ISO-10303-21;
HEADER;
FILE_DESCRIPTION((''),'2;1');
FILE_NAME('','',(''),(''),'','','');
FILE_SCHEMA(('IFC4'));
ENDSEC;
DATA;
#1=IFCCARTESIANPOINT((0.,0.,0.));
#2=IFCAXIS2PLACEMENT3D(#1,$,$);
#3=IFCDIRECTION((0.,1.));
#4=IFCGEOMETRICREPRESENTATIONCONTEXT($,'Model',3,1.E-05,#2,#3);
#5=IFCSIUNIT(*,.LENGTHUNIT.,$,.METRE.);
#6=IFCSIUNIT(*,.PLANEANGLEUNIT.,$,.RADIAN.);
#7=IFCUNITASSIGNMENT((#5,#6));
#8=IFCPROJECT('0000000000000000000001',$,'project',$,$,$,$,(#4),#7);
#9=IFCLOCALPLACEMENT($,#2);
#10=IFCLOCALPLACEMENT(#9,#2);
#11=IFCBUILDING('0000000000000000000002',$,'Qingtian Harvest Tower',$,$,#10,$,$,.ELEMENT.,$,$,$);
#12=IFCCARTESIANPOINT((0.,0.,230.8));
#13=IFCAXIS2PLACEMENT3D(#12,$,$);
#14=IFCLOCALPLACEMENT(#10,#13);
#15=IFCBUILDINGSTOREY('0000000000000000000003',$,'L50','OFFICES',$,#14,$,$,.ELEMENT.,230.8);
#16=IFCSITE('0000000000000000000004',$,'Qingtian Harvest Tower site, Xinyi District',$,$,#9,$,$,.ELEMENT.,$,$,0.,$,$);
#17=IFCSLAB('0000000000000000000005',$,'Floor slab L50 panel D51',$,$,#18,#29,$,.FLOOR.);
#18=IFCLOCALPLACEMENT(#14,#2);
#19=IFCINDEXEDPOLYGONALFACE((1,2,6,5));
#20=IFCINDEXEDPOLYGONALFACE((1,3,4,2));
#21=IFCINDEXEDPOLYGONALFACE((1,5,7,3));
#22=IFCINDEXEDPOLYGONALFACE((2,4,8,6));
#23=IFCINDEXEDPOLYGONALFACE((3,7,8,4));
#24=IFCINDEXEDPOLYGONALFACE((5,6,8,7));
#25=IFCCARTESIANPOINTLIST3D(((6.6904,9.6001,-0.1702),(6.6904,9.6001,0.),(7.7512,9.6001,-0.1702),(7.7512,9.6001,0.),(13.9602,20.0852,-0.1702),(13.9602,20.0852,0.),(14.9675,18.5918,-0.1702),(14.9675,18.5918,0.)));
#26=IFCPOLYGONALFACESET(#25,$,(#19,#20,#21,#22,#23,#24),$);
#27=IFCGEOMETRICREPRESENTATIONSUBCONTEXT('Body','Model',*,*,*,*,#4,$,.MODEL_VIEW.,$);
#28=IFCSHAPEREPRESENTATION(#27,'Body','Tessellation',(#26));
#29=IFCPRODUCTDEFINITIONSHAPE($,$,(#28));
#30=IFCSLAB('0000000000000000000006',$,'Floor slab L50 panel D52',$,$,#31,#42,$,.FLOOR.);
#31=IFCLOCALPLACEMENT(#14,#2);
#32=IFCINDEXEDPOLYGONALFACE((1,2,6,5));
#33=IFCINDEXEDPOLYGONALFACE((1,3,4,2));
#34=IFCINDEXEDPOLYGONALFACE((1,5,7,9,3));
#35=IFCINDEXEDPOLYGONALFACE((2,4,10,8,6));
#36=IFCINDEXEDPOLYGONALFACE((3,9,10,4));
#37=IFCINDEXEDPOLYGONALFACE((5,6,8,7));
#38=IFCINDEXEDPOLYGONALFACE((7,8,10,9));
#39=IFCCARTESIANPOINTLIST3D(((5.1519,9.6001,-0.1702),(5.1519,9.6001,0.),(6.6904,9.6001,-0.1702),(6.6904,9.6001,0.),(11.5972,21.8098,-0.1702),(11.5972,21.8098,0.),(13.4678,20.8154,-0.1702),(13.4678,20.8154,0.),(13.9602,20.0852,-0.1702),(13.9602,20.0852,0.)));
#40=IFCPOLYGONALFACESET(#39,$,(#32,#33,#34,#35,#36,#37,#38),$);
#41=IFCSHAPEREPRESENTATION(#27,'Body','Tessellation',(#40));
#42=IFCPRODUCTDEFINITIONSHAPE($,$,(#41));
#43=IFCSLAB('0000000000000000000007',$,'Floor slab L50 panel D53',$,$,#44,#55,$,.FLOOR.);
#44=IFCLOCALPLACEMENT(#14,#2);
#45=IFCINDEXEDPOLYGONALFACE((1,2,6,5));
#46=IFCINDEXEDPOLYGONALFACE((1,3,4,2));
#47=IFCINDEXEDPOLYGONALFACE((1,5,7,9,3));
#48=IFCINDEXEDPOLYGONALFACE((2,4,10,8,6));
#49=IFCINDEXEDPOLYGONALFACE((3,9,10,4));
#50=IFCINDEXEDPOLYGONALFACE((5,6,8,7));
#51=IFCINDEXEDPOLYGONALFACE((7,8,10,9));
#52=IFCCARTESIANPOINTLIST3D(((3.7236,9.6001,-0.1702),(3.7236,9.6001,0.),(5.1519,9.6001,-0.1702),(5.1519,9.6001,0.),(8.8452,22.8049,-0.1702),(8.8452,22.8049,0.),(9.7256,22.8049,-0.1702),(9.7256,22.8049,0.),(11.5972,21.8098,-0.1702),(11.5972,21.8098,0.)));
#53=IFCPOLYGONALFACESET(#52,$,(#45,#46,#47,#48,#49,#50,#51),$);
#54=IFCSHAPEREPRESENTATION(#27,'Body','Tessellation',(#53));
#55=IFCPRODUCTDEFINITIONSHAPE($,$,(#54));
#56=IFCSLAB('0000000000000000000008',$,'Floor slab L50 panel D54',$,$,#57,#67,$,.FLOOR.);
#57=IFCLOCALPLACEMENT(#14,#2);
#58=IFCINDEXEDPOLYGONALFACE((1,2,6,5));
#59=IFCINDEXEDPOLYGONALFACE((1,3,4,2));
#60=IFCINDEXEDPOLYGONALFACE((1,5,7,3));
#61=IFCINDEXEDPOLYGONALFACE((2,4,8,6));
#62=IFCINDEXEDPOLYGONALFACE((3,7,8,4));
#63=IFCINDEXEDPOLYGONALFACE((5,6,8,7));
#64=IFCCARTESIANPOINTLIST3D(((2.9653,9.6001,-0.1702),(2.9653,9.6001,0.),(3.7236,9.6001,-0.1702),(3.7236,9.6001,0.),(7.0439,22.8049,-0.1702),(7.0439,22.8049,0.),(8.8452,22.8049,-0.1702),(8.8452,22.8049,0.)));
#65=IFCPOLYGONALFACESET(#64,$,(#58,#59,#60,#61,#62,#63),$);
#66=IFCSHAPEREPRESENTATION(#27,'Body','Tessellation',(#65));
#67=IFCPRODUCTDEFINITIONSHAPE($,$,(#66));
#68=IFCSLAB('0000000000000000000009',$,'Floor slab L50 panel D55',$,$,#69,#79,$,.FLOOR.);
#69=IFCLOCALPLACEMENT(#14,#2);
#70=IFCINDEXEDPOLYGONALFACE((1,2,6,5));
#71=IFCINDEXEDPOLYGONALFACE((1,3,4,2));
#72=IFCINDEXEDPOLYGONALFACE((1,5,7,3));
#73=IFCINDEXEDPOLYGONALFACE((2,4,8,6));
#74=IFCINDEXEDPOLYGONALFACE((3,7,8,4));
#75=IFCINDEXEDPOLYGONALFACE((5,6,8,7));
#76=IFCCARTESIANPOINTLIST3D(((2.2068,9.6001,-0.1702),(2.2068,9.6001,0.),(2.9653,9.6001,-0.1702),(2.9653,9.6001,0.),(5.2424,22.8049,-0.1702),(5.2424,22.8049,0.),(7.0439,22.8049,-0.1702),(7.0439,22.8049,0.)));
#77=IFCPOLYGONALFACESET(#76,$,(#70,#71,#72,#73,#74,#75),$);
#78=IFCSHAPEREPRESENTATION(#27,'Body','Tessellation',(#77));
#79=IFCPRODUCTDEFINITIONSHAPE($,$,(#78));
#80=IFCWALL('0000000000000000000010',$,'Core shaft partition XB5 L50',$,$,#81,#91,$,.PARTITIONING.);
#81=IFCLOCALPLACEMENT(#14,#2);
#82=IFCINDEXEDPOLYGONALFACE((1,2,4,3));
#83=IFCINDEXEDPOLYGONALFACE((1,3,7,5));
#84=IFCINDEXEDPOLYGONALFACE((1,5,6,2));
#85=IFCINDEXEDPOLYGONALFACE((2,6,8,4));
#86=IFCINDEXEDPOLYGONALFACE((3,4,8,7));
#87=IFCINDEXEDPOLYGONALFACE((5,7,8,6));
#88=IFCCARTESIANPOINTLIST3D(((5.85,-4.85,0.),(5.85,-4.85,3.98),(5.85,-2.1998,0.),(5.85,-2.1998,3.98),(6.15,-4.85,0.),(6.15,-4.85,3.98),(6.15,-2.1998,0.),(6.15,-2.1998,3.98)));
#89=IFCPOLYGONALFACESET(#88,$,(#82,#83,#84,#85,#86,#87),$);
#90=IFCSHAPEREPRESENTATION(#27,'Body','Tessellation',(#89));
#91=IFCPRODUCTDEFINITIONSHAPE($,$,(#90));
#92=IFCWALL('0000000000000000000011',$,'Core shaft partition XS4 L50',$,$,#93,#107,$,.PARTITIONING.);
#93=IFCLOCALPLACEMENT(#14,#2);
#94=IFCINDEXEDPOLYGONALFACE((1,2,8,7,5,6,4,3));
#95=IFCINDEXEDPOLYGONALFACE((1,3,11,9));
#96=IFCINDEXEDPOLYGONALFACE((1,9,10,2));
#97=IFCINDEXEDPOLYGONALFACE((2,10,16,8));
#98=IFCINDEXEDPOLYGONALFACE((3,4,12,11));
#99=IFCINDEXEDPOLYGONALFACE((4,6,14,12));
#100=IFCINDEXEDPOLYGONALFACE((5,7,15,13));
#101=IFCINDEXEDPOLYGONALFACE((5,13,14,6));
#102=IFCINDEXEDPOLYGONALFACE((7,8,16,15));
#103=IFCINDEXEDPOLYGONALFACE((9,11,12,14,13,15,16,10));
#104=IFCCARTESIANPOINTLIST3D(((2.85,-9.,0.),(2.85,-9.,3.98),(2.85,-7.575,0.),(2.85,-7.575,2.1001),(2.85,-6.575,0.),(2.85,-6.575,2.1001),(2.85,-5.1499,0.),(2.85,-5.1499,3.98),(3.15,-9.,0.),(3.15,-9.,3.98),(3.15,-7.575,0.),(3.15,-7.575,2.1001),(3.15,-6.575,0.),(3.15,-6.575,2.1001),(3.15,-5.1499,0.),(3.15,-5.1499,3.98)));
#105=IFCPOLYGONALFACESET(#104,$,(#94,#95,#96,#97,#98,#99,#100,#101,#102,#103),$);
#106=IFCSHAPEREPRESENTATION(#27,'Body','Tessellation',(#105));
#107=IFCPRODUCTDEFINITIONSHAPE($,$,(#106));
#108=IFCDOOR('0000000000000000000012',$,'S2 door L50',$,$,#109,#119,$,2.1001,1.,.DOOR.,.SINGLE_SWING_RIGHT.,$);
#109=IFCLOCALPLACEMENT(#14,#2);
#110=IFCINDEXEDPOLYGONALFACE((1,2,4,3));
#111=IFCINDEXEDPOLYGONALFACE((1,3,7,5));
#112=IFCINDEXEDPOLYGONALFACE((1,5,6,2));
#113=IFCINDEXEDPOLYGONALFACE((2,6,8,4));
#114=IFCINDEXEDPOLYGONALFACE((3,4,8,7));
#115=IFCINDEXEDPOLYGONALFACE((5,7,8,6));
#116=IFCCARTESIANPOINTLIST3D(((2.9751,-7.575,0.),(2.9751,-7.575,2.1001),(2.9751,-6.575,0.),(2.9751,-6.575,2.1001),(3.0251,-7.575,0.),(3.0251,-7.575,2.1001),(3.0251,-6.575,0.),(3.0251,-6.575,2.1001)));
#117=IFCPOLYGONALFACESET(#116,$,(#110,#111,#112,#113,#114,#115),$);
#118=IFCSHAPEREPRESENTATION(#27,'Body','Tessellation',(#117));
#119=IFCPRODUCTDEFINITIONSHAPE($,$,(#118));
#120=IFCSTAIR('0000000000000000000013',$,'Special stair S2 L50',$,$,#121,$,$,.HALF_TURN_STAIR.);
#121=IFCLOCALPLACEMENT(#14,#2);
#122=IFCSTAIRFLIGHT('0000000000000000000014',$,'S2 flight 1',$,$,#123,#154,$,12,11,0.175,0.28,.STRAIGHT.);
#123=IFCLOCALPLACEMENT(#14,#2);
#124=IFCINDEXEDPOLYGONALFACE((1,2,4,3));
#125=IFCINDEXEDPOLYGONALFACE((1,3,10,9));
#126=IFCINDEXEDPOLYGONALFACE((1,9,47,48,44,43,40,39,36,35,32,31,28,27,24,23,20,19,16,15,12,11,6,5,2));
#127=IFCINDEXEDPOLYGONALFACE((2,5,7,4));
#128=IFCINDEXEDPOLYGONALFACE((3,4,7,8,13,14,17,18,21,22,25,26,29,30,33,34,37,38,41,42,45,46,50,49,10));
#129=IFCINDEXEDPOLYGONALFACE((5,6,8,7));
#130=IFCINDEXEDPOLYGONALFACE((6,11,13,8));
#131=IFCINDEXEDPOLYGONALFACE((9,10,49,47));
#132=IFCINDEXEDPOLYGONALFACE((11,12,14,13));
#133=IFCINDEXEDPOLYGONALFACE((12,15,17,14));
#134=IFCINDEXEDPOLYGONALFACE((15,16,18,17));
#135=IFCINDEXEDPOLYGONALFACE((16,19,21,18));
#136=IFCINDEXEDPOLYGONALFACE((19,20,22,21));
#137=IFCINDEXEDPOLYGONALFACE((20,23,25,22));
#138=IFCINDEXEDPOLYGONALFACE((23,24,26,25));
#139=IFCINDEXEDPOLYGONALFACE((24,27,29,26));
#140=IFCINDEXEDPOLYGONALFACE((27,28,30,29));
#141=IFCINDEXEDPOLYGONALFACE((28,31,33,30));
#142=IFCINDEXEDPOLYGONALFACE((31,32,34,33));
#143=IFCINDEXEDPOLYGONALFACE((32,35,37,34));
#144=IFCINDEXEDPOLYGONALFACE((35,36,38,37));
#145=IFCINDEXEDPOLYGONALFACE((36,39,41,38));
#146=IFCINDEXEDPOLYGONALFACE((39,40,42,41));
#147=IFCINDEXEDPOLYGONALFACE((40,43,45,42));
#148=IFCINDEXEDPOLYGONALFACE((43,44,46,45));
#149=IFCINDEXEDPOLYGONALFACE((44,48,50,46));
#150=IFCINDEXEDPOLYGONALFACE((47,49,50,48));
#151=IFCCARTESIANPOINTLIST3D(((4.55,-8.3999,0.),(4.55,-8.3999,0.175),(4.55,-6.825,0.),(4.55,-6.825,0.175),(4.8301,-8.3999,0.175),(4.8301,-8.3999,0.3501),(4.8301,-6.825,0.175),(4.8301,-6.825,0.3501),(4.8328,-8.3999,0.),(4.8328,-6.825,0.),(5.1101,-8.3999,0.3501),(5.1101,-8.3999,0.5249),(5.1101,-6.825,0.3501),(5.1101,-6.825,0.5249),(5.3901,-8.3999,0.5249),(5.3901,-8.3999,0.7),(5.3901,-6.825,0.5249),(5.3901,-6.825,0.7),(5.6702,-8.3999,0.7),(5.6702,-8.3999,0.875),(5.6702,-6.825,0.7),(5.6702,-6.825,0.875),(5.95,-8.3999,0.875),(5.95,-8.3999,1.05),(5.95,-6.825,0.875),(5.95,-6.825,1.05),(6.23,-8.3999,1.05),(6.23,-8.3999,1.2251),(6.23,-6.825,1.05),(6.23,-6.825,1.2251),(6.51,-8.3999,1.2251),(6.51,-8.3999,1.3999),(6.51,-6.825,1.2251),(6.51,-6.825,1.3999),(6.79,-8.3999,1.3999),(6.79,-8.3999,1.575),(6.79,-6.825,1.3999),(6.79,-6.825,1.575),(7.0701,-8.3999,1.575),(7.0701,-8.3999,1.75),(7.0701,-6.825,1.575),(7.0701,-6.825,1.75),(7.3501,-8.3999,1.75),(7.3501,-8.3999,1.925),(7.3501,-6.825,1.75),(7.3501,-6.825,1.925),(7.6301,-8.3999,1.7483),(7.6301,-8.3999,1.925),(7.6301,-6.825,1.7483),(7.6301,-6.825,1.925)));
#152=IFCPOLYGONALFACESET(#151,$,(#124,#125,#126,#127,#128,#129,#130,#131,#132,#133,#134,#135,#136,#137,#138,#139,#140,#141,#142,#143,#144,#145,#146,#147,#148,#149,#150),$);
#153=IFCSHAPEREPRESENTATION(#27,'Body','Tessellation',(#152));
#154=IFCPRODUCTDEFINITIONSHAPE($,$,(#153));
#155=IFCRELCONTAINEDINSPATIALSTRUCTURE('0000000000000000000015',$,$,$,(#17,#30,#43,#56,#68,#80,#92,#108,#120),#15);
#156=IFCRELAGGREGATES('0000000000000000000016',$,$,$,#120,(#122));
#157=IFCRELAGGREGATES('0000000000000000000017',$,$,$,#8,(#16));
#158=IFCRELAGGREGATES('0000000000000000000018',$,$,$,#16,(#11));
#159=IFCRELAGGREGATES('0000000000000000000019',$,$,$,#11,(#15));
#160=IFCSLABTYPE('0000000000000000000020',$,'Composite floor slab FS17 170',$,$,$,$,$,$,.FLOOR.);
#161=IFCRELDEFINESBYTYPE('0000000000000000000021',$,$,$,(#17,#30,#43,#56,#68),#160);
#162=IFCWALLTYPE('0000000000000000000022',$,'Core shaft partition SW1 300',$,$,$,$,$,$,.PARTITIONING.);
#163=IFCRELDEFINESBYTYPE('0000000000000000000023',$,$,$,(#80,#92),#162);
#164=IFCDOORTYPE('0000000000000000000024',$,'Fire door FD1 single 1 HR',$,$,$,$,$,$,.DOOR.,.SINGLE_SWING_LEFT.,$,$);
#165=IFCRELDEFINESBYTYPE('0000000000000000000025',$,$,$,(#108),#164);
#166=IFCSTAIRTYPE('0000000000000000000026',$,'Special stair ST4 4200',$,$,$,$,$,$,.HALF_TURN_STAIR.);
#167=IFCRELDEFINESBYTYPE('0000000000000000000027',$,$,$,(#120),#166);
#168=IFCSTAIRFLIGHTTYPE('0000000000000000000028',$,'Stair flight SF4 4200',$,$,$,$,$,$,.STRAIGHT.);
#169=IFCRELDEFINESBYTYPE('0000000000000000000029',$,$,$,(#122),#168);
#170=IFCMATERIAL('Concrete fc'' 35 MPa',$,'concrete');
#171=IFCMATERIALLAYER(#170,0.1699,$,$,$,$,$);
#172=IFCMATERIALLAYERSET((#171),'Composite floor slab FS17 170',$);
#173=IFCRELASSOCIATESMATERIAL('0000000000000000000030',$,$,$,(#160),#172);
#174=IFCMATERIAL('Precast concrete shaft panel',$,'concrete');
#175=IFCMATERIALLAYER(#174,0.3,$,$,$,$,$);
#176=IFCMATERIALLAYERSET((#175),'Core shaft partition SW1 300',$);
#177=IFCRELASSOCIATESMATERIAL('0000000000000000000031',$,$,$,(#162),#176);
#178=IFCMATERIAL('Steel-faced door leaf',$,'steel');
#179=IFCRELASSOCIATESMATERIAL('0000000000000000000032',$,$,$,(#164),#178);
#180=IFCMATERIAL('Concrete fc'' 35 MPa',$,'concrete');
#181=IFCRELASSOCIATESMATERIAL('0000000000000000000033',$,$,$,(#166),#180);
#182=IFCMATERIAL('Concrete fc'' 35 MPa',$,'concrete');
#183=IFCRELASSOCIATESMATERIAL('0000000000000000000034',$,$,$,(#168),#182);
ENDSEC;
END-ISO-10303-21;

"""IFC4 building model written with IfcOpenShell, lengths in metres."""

from ifc_helpers import new_model, si_unit, direction, frame, frame_2d, origin, place, context, subcontext, project, spatial, polyline, rectangle, outline, extrude, material, layer, layer_set, type_object, element, fill, aggregate, save


model = new_model("IFC4")

# Units and contexts
model_context = context("Model", 3, precision=1e-05, world=origin(), true_north=direction((0.0, 1.0)))
body_context = subcontext(model_context, "Body", "Model", "MODEL_VIEW")
ifc_project = project(units=[si_unit("LENGTHUNIT", "METRE"), si_unit("PLANEANGLEUNIT", "RADIAN")], contexts=[model_context])

# Site, building, storey
site_placement = place(None, origin())
site = spatial("IfcSite", under=ifc_project, at=site_placement, Name="Qingtian Harvest Tower site, Xinyi District", CompositionType="ELEMENT", RefElevation=0.0)
building_placement = place(site_placement, origin())
building = spatial("IfcBuilding", under=site, at=building_placement, Name="Qingtian Harvest Tower", CompositionType="ELEMENT")
storey_placement = place(building_placement, frame((0.0, 0.0, 230.8)))
storey = spatial("IfcBuildingStorey", under=building, at=storey_placement, Name="L50", Description="OFFICES", CompositionType="ELEMENT", Elevation=230.8)

# Slabs
ifc_material_1 = material(Name="Concrete fc' 35 MPa", Category="concrete")
ifc_layer_1 = layer(ifc_material_1, 0.1699)
ifc_layer_set_1 = layer_set([ifc_layer_1], Name="Composite floor slab FS17 170")
slab_type = type_object("IfcSlabType", Name="Composite floor slab FS17 170", PredefinedType="FLOOR", material=ifc_layer_set_1)
slab_1_placement = place(storey_placement, frame((0.0, 0.0, -0.1702)))
element("IfcSlab", 1, at=slab_1_placement, inside=storey, type_object=slab_type, Name="Floor slab L50 panel D51", PredefinedType="FLOOR", context=body_context, shape_type="SweptSolid", body=[
    extrude(outline(polyline([(6.6904, 9.6001), (13.9602, 20.0852), (14.9675, 18.5918), (7.7512, 9.6001), (6.6904, 9.6001)])), origin(), (0.0, 0.0, 1.0), 0.1702),
])
slab_2_placement = place(storey_placement, frame((0.0, 0.0, -0.1702)))
element("IfcSlab", 2, at=slab_2_placement, inside=storey, type_object=slab_type, Name="Floor slab L50 panel D52", PredefinedType="FLOOR", context=body_context, shape_type="SweptSolid", body=[
    extrude(outline(polyline([(6.6904, 9.6001), (5.1519, 9.6001), (11.5972, 21.8098), (13.4678, 20.8154), (13.9602, 20.0852), (6.6904, 9.6001)])), origin(), (0.0, 0.0, 1.0), 0.1702),
])
slab_3_placement = place(storey_placement, frame((0.0, 0.0, -0.1702)))
element("IfcSlab", 3, at=slab_3_placement, inside=storey, type_object=slab_type, Name="Floor slab L50 panel D53", PredefinedType="FLOOR", context=body_context, shape_type="SweptSolid", body=[
    extrude(outline(polyline([(3.7236, 9.6001), (8.8452, 22.8049), (9.7256, 22.8049), (11.5972, 21.8098), (5.1519, 9.6001), (3.7236, 9.6001)])), origin(), (0.0, 0.0, 1.0), 0.1702),
])
slab_4_placement = place(storey_placement, frame((0.0, 0.0, -0.1702)))
element("IfcSlab", 4, at=slab_4_placement, inside=storey, type_object=slab_type, Name="Floor slab L50 panel D54", PredefinedType="FLOOR", context=body_context, shape_type="SweptSolid", body=[
    extrude(outline(polyline([(2.9653, 9.6001), (7.0439, 22.8049), (8.8452, 22.8049), (3.7236, 9.6001), (2.9653, 9.6001)])), origin(), (0.0, 0.0, 1.0), 0.1702),
])
slab_5_placement = place(storey_placement, frame((0.0, 0.0, -0.1702)))
element("IfcSlab", 5, at=slab_5_placement, inside=storey, type_object=slab_type, Name="Floor slab L50 panel D55", PredefinedType="FLOOR", context=body_context, shape_type="SweptSolid", body=[
    extrude(outline(polyline([(2.2068, 9.6001), (5.2424, 22.8049), (7.0439, 22.8049), (2.9653, 9.6001), (2.2068, 9.6001)])), origin(), (0.0, 0.0, 1.0), 0.1702),
])

# Wall
ifc_material_2 = material(Name="Precast concrete shaft panel", Category="concrete")
ifc_layer_2 = layer(ifc_material_2, 0.3)
ifc_layer_set_2 = layer_set([ifc_layer_2], Name="Core shaft partition SW1 300")
wall_type_1 = type_object("IfcWallType", Name="Core shaft partition SW1 300", PredefinedType="PARTITIONING", material=ifc_layer_set_2)
wall_1_placement = place(storey_placement, frame((6.0, -4.8501, 0.0), z_axis=(0.0, 0.0, 1.0), x_axis=(0.0, 1.0, 0.0)))
element("IfcWall", 6, at=wall_1_placement, inside=storey, type_object=wall_type_1, Name="Core shaft partition XB5 L50", PredefinedType="PARTITIONING", context=body_context, shape_type="SweptSolid", body=[
    extrude(rectangle(XDim=2.6501, YDim=0.3, at=frame_2d((1.3252, 0.0))), origin(), (0.0, 0.0, 1.0), 3.98),
])

# Wall, opening, door
wall_2_placement = place(storey_placement, frame((3.0, -9.0, 0.0), z_axis=(0.0, 0.0, 1.0), x_axis=(0.0, 1.0, 0.0)))
wall_2 = element("IfcWall", 7, at=wall_2_placement, inside=storey, type_object=wall_type_1, Name="Core shaft partition XS4 L50", PredefinedType="PARTITIONING", context=body_context, shape_type="SweptSolid", body=[
    extrude(rectangle(XDim=3.8501, YDim=0.3, at=frame_2d((1.925, 0.0))), origin(), (0.0, 0.0, 1.0), 3.98),
])
opening_1_placement = place(wall_2_placement, frame((1.425, 0.0, 0.0)))
opening_1 = element("IfcOpeningElement", 8, at=opening_1_placement, cuts=wall_2, PredefinedType="OPENING", context=body_context, shape_type="SweptSolid", body=[
    extrude(rectangle(XDim=1.0, YDim=2.1001, at=frame_2d((0.5, 1.05))), frame((0.0, 0.1599, 0.0), z_axis=(0.0, -1.0, 0.0), x_axis=(1.0, 0.0, 0.0)), (0.0, 0.0, 1.0), 0.3201),
])
ifc_material_3 = material(Name="Steel-faced door leaf", Category="steel")
door_type_1 = type_object("IfcDoorType", Name="Fire door FD1 single 1 HR", OperationType="SINGLE_SWING_LEFT", PredefinedType="DOOR", material=ifc_material_3)
door_1_placement = place(opening_1_placement, origin())
door_1 = element("IfcDoor", 9, at=door_1_placement, inside=storey, type_object=door_type_1, Name="S2 door L50", OperationType="SINGLE_SWING_RIGHT", OverallHeight=2.1001, OverallWidth=1.0, PredefinedType="DOOR", context=body_context, shape_type="SweptSolid", body=[
    extrude(rectangle(XDim=1.0, YDim=2.1001, at=frame_2d((0.5, 1.05))), frame((0.0, 0.0249, 0.0), z_axis=(0.0, -1.0, 0.0), x_axis=(1.0, 0.0, 0.0)), (0.0, 0.0, 1.0), 0.05),
])
fill(opening_1, door_1)

# Stair, stair flight
ifc_material_4 = material(Name="Concrete fc' 35 MPa", Category="concrete")
stair_type = type_object("IfcStairType", Name="Special stair ST4 4200", PredefinedType="HALF_TURN_STAIR", material=ifc_material_4)
stair_placement = place(storey_placement, origin())
stair = element("IfcStair", 10, at=stair_placement, inside=storey, type_object=stair_type, Name="Special stair S2 L50", PredefinedType="HALF_TURN_STAIR")
ifc_material_5 = material(Name="Concrete fc' 35 MPa", Category="concrete")
stair_flight_type = type_object("IfcStairFlightType", Name="Stair flight SF4 4200", PredefinedType="STRAIGHT", material=ifc_material_5)
stair_flight_1_placement = place(storey_placement, frame((4.55, -7.6125, 0.0), z_axis=(0.0, 0.0, 1.0), x_axis=(1.0, 0.0, 0.0)))
stair_flight_1 = element("IfcStairFlight", 11, at=stair_flight_1_placement, type_object=stair_flight_type, Name="S2 flight 1", NumberOfRisers=12, NumberOfTreads=11, PredefinedType="STRAIGHT", RiserHeight=0.175, TreadLength=0.28, context=body_context, shape_type="SweptSolid", body=[
    extrude(outline(polyline([(0.0, 0.0), (0.0, 0.175), (0.28, 0.175), (0.28, 0.3501), (0.5601, 0.3501), (0.5601, 0.5249), (0.8401, 0.5249), (0.8401, 0.7), (1.1201, 0.7), (1.1201, 0.875), (1.3999, 0.875), (1.3999, 1.05), (1.6799, 1.05), (1.6799, 1.2251), (1.96, 1.2251), (1.96, 1.3999), (2.24, 1.3999), (2.24, 1.575), (2.52, 1.575), (2.52, 1.75), (2.8, 1.75), (2.8, 1.925), (3.0801, 1.925), (3.0801, 2.1001), (3.0801, 1.7483), (0.2827, 0.0), (0.0, 0.0)])), frame((0.0, 0.7876, 0.0), z_axis=(0.0, -1.0, 0.0), x_axis=(1.0, 0.0, 0.0)), (0.0, 0.0, 1.0), 1.575),
])
aggregate(stair, [stair_flight_1])

save(model, "model.ifc")
